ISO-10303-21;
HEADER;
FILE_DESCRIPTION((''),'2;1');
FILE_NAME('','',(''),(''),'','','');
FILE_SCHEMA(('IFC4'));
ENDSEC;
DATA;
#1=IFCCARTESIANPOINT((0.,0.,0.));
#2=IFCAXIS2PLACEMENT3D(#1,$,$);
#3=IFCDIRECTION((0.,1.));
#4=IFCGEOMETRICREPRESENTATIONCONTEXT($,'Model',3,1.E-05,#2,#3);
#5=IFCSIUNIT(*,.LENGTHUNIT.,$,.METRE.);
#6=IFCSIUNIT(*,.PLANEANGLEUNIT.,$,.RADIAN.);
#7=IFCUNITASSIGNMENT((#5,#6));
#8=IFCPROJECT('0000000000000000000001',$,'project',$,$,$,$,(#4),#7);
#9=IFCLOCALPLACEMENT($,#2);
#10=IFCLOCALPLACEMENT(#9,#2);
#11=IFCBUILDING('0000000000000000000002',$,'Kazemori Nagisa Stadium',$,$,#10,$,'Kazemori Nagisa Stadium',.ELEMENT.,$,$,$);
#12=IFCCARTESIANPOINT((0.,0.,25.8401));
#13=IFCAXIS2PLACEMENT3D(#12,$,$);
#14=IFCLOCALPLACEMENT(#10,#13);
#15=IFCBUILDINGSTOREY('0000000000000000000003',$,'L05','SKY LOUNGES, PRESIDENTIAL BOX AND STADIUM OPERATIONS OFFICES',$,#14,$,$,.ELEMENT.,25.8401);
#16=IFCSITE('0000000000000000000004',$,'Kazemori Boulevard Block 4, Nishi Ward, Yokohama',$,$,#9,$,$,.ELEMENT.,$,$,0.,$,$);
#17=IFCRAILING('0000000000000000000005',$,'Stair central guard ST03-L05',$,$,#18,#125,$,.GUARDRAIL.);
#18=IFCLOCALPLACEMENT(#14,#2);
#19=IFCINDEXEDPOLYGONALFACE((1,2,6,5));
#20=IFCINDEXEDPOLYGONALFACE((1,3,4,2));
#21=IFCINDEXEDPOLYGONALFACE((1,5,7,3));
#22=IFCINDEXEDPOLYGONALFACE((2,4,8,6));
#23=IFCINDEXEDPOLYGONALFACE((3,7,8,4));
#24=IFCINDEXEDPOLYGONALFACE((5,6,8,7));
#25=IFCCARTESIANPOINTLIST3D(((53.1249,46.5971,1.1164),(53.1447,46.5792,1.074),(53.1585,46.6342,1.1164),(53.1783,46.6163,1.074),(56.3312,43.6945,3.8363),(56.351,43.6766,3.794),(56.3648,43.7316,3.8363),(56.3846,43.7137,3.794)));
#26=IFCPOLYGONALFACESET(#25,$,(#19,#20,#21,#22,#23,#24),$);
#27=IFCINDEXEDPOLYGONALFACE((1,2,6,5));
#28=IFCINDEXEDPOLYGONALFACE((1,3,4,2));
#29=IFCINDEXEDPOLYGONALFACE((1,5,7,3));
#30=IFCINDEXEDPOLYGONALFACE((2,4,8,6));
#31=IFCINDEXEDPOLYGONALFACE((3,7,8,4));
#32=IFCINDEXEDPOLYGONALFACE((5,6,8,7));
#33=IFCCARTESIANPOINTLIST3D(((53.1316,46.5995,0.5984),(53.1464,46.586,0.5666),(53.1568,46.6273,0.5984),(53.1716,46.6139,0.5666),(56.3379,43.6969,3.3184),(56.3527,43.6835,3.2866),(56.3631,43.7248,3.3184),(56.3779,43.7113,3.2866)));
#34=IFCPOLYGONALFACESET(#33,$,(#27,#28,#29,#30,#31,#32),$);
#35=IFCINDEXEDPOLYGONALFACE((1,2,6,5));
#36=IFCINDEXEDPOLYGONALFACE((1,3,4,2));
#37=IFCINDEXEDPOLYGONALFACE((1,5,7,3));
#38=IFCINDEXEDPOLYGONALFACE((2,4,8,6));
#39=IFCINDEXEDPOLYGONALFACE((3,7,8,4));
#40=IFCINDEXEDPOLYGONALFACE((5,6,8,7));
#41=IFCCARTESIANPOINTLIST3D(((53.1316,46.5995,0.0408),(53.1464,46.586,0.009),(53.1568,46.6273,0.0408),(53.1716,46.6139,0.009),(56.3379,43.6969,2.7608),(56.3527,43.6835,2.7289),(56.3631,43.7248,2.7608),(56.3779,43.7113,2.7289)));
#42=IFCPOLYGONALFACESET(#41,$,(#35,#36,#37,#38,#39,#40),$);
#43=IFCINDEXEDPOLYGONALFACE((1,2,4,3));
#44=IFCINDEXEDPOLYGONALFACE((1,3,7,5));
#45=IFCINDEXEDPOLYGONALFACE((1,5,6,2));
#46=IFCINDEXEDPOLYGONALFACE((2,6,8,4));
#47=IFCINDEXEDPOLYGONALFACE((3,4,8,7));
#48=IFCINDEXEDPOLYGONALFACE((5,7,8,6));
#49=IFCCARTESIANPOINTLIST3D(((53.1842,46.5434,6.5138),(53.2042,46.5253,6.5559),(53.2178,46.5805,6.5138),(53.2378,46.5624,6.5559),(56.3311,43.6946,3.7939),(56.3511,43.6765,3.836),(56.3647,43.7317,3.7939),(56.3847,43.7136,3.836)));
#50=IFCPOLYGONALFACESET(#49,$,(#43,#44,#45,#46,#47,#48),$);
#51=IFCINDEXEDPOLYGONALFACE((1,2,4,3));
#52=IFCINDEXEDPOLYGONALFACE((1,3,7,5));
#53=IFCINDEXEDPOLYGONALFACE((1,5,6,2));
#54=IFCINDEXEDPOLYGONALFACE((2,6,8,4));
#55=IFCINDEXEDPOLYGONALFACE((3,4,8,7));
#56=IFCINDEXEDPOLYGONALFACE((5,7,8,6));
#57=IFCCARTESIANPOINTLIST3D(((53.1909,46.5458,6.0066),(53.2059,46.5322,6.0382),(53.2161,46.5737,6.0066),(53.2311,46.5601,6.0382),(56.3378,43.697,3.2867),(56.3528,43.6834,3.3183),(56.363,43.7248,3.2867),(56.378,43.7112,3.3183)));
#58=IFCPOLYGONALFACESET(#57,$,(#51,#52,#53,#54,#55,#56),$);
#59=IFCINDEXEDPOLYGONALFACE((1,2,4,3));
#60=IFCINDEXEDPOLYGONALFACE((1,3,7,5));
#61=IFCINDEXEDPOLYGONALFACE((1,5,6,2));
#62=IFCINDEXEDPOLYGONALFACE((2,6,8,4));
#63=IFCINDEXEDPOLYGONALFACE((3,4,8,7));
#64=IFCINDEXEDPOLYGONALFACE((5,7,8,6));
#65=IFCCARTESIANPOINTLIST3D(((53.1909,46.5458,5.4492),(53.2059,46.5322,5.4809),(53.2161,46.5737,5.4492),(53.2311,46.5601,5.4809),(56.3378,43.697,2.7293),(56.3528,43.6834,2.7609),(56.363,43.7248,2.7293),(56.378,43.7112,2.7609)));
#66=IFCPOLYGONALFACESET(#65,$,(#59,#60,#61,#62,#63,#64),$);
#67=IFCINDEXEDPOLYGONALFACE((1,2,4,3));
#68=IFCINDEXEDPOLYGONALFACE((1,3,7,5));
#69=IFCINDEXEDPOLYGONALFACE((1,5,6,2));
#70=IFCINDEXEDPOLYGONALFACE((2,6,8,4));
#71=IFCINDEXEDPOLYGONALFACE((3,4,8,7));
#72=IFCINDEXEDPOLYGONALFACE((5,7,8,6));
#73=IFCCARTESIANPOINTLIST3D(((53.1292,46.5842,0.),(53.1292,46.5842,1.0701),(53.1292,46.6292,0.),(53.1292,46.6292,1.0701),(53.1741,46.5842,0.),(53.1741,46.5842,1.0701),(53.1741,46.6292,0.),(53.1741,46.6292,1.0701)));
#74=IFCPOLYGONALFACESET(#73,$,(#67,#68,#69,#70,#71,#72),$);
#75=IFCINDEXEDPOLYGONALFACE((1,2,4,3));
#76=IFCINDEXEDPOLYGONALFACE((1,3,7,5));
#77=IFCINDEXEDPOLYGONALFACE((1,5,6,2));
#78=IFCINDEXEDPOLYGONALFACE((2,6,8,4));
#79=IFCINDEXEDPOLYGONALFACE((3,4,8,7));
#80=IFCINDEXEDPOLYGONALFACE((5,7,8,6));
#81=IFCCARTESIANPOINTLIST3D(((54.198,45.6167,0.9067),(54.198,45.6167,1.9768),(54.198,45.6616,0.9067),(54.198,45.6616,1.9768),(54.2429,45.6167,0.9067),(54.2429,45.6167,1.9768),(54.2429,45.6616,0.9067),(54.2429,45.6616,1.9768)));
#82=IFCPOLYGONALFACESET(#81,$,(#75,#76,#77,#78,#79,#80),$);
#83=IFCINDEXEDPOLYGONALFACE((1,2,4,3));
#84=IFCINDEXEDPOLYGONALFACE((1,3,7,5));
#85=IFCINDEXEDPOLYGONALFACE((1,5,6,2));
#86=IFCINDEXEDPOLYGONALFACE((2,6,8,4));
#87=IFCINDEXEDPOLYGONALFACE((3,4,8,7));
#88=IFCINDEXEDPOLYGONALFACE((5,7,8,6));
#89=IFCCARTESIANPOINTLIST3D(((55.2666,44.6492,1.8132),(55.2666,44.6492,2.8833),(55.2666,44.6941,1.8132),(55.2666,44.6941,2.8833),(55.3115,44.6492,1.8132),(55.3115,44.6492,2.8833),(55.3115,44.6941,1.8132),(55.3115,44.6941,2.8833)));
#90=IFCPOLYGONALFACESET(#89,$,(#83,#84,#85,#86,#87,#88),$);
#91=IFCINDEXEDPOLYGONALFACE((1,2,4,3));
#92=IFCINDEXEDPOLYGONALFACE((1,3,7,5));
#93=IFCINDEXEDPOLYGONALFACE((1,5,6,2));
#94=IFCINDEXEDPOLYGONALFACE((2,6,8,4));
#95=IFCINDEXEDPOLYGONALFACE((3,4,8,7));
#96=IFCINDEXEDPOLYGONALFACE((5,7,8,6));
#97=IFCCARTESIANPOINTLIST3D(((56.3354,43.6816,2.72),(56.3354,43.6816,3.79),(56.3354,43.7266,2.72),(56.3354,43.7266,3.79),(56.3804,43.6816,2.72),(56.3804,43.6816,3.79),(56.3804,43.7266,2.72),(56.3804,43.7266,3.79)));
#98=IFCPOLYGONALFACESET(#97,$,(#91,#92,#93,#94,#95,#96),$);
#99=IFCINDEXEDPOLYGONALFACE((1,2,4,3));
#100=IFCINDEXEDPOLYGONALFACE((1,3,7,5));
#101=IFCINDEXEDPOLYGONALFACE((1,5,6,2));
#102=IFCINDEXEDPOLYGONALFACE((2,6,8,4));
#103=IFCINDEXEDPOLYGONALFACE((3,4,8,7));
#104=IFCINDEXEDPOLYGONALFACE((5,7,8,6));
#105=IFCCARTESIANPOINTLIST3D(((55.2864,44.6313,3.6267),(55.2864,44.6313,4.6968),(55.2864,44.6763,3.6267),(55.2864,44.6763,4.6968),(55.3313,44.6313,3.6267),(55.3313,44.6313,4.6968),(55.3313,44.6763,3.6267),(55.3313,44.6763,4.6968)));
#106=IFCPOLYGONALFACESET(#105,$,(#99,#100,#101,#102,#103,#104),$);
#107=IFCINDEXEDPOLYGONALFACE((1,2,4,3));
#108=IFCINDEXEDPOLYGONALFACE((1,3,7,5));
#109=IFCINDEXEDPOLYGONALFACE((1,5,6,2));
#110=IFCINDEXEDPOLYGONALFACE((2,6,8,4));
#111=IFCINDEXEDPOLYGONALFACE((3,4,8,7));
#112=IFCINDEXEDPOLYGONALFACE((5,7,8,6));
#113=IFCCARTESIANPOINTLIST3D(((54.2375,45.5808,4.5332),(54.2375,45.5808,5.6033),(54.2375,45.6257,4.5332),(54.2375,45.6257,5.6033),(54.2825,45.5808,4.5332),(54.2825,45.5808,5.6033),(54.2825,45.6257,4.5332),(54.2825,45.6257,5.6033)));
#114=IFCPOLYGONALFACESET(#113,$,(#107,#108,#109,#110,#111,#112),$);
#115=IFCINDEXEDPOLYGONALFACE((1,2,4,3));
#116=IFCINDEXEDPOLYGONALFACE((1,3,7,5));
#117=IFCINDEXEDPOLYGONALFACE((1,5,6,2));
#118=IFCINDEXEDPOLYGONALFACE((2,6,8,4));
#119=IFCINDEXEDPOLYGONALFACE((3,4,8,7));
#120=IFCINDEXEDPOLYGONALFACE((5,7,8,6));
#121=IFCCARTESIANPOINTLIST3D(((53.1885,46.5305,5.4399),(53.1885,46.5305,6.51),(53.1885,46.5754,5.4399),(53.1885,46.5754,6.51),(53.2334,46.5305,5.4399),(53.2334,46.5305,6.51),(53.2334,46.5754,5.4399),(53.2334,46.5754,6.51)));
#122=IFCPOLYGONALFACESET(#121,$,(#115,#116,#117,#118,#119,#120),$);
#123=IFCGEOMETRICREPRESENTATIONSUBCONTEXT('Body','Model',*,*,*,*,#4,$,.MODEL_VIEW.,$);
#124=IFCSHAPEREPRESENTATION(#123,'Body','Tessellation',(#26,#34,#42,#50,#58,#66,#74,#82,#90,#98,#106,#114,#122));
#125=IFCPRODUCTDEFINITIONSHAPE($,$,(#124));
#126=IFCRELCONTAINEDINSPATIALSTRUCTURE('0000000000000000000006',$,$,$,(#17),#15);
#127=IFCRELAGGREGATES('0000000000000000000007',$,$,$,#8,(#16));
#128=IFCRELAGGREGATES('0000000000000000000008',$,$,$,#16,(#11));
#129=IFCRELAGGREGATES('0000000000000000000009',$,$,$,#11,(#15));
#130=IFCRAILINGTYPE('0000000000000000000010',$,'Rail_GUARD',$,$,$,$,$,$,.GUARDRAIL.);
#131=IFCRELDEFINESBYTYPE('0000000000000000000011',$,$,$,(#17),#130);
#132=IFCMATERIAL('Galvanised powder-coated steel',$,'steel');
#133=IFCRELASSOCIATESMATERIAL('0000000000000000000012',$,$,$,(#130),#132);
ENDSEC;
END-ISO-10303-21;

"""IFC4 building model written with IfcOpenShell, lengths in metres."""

from ifc_helpers import new_model, si_unit, direction, frame, origin, origin_2d, place, context, subcontext, project, spatial, rectangle, extrude, material, type_object, element, save


model = new_model("IFC4")

# Units and contexts
model_context = context("Model", 3, precision=1e-05, world=origin(), true_north=direction((0.0, 1.0)))
body_context = subcontext(model_context, "Body", "Model", "MODEL_VIEW")
ifc_project = project(units=[si_unit("LENGTHUNIT", "METRE"), si_unit("PLANEANGLEUNIT", "RADIAN")], contexts=[model_context])

# Site, building, storey
site_placement = place(None, origin())
site = spatial("IfcSite", under=ifc_project, at=site_placement, Name="Kazemori Boulevard Block 4, Nishi Ward, Yokohama", CompositionType="ELEMENT", RefElevation=0.0)
building_placement = place(site_placement, origin())
building = spatial("IfcBuilding", under=site, at=building_placement, Name="Kazemori Nagisa Stadium", LongName="Kazemori Nagisa Stadium", CompositionType="ELEMENT")
storey_placement = place(building_placement, frame((0.0, 0.0, 25.8401)))
storey = spatial("IfcBuildingStorey", under=building, at=storey_placement, Name="L05", Description="SKY LOUNGES, PRESIDENTIAL BOX AND STADIUM OPERATIONS OFFICES", CompositionType="ELEMENT", Elevation=25.8401)

# Railing
ifc_material_1 = material(Name="Galvanised powder-coated steel", Category="steel")
railing_type_1 = type_object("IfcRailingType", Name="Rail_GUARD", PredefinedType="GUARDRAIL", material=ifc_material_1)
railing_1_placement = place(storey_placement, frame((53.1516, 46.6067, 0.0)))
element("IfcRailing", 1, at=railing_1_placement, inside=storey, type_object=railing_type_1, Name="Stair central guard ST03-L05", PredefinedType="GUARDRAIL", context=body_context, shape_type="SweptSolid", body=[
    extrude(rectangle(XDim=0.05, YDim=0.05, at=origin_2d()), frame((0.0, 0.0, 1.0952), z_axis=(0.627558, -0.568113, 0.53237), x_axis=(0.671123, 0.741346, 0.0)), (0.0, 0.0, 1.0), 5.1091),
    extrude(rectangle(XDim=0.0376, YDim=0.0376, at=origin_2d()), frame((0.0, 0.0, 0.5825), z_axis=(0.627558, -0.568113, 0.53237), x_axis=(0.671123, 0.741346, 0.0)), (0.0, 0.0, 1.0), 5.1091),
    extrude(rectangle(XDim=0.0376, YDim=0.0376, at=origin_2d()), frame((0.0, 0.0, 0.0249), z_axis=(0.627558, -0.568113, 0.53237), x_axis=(0.671123, 0.741346, 0.0)), (0.0, 0.0, 1.0), 5.1091),
    extrude(rectangle(XDim=0.05, YDim=0.05, at=origin_2d()), frame((3.2063, -2.9026, 3.8149), z_axis=(-0.624201, 0.565073, 0.539505), x_axis=(-0.671123, -0.741346, 0.0)), (0.0, 0.0, 1.0), 5.0415),
    extrude(rectangle(XDim=0.0376, YDim=0.0376, at=origin_2d()), frame((3.2063, -2.9026, 3.3025), z_axis=(-0.624201, 0.565073, 0.539505), x_axis=(-0.671123, -0.741346, 0.0)), (0.0, 0.0, 1.0), 5.0415),
    extrude(rectangle(XDim=0.0376, YDim=0.0376, at=origin_2d()), frame((3.2063, -2.9026, 2.7451), z_axis=(-0.624201, 0.565073, 0.539505), x_axis=(-0.671123, -0.741346, 0.0)), (0.0, 0.0, 1.0), 5.0415),
    extrude(rectangle(XDim=0.0449, YDim=0.0449, at=origin_2d()), origin(), (0.0, 0.0, 1.0), 1.0701),
    extrude(rectangle(XDim=0.0449, YDim=0.0449, at=origin_2d()), frame((1.0688, -0.9675, 0.9067)), (0.0, 0.0, 1.0), 1.0701),
    extrude(rectangle(XDim=0.0449, YDim=0.0449, at=origin_2d()), frame((2.1375, -1.9351, 1.8132)), (0.0, 0.0, 1.0), 1.0701),
    extrude(rectangle(XDim=0.0449, YDim=0.0449, at=origin_2d()), frame((3.2063, -2.9026, 2.72)), (0.0, 0.0, 1.0), 1.0701),
    extrude(rectangle(XDim=0.0449, YDim=0.0449, at=origin_2d()), frame((2.1572, -1.9529, 3.6267)), (0.0, 0.0, 1.0), 1.0701),
    extrude(rectangle(XDim=0.0449, YDim=0.0449, at=origin_2d()), frame((1.1084, -1.0034, 4.5332)), (0.0, 0.0, 1.0), 1.0701),
    extrude(rectangle(XDim=0.0449, YDim=0.0449, at=origin_2d()), frame((0.0593, -0.0537, 5.4399)), (0.0, 0.0, 1.0), 1.0701),
])

save(model, "model.ifc")
